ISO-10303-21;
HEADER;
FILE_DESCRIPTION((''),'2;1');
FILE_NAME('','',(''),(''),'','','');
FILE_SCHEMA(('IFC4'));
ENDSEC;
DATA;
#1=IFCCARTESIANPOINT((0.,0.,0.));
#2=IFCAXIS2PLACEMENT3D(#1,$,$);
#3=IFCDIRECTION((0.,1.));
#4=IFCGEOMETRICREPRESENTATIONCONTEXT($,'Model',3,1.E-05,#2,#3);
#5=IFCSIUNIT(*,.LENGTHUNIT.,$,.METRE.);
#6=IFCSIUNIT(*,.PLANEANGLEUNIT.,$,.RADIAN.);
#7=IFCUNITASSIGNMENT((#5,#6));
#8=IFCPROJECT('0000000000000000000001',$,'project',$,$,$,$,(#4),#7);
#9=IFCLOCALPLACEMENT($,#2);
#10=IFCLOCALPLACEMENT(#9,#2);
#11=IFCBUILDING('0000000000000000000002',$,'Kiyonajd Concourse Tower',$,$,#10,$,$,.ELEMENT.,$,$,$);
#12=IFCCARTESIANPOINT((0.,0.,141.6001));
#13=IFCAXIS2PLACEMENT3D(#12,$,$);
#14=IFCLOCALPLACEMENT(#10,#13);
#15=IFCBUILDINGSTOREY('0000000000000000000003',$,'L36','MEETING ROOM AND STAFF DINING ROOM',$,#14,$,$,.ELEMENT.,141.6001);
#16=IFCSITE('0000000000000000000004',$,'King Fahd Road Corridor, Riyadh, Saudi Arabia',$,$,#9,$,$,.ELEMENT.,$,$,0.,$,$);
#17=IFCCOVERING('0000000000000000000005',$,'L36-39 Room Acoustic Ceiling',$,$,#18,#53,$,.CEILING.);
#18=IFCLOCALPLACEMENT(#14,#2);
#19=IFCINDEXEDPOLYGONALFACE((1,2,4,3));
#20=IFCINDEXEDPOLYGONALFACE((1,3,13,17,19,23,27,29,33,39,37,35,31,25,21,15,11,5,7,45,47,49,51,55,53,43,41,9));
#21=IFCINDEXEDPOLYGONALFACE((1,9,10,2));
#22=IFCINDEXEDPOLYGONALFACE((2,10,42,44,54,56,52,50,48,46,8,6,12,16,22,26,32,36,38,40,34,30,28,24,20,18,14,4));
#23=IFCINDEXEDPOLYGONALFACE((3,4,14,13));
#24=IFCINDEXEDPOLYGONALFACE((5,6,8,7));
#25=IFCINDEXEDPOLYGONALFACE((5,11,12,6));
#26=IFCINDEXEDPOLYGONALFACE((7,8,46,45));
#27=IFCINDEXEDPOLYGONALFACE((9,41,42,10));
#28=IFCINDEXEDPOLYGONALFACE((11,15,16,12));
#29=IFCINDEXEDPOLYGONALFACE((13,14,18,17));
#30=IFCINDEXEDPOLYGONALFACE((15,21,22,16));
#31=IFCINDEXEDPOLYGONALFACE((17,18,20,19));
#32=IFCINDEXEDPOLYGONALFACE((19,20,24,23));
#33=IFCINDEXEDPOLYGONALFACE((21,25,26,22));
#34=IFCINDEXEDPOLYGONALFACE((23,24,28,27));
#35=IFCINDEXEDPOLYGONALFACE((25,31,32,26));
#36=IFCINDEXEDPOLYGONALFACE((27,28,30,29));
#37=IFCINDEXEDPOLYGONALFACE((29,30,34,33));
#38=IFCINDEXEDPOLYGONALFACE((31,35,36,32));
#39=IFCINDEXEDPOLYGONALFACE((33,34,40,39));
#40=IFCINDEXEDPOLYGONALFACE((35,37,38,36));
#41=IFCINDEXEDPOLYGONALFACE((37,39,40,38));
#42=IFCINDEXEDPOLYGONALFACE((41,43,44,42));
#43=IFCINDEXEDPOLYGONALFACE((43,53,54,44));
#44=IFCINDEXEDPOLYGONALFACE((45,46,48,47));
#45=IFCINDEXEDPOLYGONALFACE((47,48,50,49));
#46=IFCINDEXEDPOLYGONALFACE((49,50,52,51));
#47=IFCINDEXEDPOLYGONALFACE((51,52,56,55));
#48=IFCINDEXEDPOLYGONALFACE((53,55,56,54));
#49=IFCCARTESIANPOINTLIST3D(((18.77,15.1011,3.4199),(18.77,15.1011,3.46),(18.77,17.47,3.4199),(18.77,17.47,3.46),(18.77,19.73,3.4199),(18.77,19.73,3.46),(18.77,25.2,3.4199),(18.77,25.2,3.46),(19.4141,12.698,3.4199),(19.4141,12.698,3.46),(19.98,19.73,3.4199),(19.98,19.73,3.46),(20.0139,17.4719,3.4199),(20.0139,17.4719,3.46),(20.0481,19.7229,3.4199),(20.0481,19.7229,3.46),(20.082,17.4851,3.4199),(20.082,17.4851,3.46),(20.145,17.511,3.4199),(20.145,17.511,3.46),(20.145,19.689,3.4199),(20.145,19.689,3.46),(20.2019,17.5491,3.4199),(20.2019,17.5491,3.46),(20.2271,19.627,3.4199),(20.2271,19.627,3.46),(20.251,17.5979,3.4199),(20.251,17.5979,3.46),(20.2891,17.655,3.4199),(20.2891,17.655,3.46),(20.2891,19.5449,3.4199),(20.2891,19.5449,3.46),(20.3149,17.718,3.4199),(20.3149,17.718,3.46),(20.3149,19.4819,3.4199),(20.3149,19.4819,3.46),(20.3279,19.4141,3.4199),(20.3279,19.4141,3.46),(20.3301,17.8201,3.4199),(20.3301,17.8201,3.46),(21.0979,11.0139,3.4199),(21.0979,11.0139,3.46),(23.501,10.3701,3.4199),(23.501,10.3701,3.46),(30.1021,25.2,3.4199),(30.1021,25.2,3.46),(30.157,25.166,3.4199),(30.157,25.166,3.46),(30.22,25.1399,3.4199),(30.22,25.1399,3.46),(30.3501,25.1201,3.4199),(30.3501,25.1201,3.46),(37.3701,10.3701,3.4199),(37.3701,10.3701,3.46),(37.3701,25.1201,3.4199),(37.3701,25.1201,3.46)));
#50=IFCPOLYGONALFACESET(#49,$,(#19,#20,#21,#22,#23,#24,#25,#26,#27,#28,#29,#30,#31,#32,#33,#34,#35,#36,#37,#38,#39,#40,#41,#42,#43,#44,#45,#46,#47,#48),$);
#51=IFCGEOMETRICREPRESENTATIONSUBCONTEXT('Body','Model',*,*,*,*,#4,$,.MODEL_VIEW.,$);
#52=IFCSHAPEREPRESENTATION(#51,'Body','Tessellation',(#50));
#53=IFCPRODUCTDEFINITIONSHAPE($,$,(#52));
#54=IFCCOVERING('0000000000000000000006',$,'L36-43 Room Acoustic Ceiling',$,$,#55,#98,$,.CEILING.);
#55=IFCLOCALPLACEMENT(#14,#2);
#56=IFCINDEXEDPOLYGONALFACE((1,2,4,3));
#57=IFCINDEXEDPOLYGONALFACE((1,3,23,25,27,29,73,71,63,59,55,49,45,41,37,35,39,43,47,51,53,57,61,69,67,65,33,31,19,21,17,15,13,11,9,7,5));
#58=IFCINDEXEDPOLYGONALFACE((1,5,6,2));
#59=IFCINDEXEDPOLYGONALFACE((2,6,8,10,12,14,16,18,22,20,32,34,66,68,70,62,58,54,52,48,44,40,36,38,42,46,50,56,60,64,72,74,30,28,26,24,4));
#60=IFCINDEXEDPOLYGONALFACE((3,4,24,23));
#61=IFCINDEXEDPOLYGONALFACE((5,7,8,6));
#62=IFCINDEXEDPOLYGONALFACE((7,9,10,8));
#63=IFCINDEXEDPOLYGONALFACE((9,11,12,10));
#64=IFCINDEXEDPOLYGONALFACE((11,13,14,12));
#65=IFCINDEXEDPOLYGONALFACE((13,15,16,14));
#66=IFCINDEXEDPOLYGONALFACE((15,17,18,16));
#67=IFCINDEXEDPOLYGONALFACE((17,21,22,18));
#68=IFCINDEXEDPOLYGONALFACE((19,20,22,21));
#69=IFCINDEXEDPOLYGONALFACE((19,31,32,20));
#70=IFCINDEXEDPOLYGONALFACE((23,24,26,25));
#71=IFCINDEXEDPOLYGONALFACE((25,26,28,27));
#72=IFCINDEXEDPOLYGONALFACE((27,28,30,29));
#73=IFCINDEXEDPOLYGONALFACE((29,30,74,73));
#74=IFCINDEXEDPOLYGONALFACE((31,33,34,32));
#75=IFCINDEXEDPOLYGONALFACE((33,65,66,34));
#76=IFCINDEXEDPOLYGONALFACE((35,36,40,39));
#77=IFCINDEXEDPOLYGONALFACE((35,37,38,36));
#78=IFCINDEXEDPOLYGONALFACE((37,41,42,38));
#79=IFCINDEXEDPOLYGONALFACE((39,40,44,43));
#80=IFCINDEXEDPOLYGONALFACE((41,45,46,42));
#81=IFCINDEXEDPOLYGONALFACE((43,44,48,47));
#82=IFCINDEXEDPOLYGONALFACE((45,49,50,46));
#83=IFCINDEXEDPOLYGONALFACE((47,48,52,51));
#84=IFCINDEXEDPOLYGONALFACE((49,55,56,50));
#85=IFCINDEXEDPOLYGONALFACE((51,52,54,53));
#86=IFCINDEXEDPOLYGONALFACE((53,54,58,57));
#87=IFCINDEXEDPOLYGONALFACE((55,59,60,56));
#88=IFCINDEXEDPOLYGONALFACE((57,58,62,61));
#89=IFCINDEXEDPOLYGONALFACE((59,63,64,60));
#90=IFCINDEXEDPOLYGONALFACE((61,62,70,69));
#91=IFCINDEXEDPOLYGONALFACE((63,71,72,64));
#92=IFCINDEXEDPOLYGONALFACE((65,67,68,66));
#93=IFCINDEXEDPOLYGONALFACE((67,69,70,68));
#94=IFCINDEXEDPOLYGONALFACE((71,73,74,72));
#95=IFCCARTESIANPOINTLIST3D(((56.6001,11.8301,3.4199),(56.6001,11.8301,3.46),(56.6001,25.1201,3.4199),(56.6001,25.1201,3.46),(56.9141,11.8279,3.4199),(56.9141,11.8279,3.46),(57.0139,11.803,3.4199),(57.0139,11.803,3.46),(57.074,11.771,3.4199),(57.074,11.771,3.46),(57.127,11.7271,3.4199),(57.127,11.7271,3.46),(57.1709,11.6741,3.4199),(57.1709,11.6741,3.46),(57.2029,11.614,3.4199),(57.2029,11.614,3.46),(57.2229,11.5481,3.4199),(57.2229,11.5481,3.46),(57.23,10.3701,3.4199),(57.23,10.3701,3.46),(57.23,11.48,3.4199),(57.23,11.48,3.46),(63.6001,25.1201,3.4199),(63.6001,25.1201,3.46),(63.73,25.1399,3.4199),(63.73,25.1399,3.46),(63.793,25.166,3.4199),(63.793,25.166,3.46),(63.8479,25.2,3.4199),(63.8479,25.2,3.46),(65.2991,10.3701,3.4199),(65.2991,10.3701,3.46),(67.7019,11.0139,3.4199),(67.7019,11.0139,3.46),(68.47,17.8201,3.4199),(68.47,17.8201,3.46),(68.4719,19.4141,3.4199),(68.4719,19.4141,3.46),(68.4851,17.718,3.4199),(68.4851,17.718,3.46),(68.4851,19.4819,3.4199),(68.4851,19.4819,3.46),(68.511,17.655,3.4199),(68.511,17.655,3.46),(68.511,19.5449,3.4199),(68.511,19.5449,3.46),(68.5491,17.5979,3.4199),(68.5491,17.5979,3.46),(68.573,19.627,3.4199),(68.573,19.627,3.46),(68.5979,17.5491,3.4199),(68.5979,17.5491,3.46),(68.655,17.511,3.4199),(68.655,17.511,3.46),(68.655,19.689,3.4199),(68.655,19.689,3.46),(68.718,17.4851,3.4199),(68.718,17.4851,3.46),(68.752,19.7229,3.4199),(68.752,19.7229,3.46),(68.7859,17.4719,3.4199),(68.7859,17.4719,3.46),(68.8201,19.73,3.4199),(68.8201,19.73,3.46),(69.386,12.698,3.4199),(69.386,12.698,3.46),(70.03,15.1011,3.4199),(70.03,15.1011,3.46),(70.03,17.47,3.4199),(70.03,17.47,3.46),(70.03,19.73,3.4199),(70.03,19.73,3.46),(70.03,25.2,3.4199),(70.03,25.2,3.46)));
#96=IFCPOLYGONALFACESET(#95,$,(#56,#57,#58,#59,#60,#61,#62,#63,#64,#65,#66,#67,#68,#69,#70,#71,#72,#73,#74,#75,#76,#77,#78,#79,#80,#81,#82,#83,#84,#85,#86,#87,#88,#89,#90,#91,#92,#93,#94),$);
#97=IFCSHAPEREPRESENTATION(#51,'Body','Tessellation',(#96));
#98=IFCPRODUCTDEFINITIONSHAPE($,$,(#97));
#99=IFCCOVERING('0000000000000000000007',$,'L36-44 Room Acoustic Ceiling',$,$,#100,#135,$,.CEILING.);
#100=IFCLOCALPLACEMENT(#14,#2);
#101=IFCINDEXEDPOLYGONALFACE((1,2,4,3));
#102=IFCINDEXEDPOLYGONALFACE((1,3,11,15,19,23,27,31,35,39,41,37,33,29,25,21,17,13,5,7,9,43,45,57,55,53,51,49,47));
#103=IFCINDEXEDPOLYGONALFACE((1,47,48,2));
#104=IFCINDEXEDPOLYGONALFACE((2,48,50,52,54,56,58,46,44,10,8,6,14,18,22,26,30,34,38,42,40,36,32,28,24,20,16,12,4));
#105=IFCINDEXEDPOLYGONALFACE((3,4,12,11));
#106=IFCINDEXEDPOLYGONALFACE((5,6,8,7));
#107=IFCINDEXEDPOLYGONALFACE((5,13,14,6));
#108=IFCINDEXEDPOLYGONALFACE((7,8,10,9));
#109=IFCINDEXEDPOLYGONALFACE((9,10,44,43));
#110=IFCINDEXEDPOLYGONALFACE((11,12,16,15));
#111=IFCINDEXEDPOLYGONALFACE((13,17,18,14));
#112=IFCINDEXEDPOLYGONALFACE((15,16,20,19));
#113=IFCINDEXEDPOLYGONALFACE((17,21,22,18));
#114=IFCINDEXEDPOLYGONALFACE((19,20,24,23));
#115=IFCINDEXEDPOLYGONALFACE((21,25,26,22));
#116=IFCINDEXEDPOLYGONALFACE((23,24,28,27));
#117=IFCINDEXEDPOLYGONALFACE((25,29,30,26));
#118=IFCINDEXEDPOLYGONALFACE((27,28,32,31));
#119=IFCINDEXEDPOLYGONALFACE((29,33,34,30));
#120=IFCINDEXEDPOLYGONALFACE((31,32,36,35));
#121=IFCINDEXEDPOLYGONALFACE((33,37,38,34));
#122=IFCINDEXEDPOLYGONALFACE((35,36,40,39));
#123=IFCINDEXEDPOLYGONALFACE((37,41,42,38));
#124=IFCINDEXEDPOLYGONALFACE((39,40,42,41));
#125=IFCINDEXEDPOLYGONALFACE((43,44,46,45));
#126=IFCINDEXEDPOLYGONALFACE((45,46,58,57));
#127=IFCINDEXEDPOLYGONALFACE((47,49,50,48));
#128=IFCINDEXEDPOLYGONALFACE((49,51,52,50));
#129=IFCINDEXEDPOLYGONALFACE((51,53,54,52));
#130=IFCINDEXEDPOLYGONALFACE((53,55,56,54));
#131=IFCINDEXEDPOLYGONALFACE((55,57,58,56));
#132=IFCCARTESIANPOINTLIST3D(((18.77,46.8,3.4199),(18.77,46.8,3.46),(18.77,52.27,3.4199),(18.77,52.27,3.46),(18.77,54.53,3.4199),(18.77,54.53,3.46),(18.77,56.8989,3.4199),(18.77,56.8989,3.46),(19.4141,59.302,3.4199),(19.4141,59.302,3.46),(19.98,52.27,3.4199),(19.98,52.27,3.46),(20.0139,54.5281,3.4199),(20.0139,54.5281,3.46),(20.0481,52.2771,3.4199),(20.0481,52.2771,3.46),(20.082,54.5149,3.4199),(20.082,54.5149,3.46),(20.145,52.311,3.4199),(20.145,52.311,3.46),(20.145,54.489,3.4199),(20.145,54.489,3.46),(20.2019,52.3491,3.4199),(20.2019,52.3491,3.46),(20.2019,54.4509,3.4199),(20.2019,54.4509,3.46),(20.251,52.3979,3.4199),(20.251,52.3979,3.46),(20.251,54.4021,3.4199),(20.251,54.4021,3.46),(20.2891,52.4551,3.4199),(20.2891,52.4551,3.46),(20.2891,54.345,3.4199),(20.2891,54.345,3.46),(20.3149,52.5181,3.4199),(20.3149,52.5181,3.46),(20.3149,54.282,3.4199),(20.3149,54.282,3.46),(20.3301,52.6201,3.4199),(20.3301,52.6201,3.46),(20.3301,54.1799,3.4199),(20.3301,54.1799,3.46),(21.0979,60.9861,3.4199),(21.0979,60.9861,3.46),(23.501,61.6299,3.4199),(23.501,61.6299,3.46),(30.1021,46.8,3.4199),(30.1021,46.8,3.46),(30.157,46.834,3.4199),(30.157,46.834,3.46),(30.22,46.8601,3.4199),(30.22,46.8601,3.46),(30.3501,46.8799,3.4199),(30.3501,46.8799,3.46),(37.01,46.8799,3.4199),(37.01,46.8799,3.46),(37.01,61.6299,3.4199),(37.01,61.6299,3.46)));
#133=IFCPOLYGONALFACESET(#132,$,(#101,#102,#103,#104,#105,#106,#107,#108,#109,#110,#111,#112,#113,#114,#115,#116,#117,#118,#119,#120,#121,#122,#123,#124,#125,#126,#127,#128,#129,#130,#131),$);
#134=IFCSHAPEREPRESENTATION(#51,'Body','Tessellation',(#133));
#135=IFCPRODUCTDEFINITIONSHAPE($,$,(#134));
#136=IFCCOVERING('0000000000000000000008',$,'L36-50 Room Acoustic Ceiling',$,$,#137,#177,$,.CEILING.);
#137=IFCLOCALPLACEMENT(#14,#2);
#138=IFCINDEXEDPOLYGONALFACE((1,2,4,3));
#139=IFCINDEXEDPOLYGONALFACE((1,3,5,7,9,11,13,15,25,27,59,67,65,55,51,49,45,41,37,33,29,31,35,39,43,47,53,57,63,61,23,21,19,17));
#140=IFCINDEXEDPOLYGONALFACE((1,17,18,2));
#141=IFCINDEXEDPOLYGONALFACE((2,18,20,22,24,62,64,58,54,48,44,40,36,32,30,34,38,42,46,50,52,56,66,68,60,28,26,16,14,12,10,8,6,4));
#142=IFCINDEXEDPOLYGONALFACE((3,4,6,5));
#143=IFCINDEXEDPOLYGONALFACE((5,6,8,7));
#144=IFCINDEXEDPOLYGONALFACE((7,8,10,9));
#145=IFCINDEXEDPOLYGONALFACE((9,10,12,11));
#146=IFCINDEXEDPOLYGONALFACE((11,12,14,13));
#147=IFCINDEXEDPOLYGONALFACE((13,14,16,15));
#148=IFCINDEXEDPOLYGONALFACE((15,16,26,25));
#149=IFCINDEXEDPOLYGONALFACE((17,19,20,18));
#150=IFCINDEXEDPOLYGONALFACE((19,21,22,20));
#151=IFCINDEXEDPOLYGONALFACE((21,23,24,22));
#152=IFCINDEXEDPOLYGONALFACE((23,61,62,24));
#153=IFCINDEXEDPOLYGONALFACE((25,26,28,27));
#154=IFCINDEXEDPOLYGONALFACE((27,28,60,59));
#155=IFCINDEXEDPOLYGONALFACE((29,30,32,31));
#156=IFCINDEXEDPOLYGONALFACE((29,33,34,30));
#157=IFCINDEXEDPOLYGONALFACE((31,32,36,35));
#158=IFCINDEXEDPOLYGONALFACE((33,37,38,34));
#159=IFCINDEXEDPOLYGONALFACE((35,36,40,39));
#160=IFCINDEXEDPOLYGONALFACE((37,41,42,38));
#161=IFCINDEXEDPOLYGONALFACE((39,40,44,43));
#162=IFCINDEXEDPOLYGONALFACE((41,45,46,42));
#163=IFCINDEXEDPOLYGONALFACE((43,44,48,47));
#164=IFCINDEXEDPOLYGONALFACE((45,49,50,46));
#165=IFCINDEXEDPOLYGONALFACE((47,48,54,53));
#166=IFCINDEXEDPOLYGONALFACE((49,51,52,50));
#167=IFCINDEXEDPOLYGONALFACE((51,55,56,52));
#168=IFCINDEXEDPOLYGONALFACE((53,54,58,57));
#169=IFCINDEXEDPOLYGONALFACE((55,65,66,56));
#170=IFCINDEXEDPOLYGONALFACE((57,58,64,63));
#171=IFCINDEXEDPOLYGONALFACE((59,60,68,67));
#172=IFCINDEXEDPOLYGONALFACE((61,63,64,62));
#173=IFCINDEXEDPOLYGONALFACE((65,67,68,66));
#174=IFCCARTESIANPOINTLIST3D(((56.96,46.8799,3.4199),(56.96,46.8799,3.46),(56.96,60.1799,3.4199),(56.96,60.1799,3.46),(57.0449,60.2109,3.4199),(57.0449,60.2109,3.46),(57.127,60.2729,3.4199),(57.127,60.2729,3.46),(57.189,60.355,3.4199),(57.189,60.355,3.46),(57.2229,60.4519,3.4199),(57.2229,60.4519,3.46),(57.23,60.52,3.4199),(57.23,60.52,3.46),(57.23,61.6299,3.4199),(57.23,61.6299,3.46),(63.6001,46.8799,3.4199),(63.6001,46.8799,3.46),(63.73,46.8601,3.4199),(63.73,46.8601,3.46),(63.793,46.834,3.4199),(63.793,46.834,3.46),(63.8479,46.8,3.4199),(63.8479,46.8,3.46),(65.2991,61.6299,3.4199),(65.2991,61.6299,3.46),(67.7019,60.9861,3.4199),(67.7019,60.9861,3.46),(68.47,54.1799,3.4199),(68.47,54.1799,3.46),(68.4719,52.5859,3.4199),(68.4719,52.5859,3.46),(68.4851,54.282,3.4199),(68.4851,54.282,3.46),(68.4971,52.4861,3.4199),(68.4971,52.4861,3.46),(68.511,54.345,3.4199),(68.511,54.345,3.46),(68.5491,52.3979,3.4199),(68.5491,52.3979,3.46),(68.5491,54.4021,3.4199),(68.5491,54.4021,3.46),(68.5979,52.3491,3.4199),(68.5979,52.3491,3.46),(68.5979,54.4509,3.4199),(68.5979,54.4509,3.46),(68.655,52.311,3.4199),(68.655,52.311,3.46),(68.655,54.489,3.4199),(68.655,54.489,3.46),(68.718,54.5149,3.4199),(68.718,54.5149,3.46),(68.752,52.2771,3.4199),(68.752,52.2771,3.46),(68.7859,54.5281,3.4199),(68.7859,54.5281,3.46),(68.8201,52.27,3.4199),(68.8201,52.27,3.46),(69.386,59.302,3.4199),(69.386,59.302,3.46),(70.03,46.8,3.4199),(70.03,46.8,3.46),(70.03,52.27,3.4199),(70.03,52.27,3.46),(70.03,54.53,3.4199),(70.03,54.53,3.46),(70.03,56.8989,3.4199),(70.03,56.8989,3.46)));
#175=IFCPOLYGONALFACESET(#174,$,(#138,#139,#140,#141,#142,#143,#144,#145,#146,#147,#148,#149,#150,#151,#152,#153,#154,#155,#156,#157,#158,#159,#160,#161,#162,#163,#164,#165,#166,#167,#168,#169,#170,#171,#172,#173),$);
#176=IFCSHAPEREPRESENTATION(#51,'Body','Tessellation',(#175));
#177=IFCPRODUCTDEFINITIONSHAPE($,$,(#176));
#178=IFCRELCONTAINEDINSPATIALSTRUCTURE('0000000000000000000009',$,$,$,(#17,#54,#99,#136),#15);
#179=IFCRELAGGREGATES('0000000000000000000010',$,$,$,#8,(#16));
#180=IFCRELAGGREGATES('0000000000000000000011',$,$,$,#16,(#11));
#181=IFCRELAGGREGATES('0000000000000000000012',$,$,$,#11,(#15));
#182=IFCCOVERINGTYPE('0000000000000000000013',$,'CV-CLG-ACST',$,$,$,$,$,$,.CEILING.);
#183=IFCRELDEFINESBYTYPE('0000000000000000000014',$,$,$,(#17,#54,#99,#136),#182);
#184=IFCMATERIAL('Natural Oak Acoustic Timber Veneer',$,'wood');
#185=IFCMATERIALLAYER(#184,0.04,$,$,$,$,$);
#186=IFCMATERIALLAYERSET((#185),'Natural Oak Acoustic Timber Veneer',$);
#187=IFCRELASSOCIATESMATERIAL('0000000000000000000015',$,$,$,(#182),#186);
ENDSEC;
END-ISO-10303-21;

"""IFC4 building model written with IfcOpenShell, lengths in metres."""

from ifc_helpers import new_model, si_unit, direction, frame, origin, place, context, subcontext, project, spatial, polyline, outline, extrude, material, layer, layer_set, type_object, element, save


model = new_model("IFC4")

# Units and contexts
model_context = context("Model", 3, precision=1e-05, world=origin(), true_north=direction((0.0, 1.0)))
body_context = subcontext(model_context, "Body", "Model", "MODEL_VIEW")
ifc_project = project(units=[si_unit("LENGTHUNIT", "METRE"), si_unit("PLANEANGLEUNIT", "RADIAN")], contexts=[model_context])

# Site, building, storey
site_placement = place(None, origin())
site = spatial("IfcSite", under=ifc_project, at=site_placement, Name="King Fahd Road Corridor, Riyadh, Saudi Arabia", CompositionType="ELEMENT", RefElevation=0.0)
building_placement = place(site_placement, origin())
building = spatial("IfcBuilding", under=site, at=building_placement, Name="Kiyonajd Concourse Tower", CompositionType="ELEMENT")
storey_placement = place(building_placement, frame((0.0, 0.0, 141.6001)))
storey = spatial("IfcBuildingStorey", under=building, at=storey_placement, Name="L36", Description="MEETING ROOM AND STAFF DINING ROOM", CompositionType="ELEMENT", Elevation=141.6001)

# Coverings
ifc_material_1 = material(Name="Natural Oak Acoustic Timber Veneer", Category="wood")
ifc_layer_1 = layer(ifc_material_1, 0.04)
ifc_layer_set_1 = layer_set([ifc_layer_1], Name="Natural Oak Acoustic Timber Veneer")
covering_type = type_object("IfcCoveringType", Name="CV-CLG-ACST", PredefinedType="CEILING", material=ifc_layer_set_1)
covering_1_placement = place(storey_placement, frame((0.0, 0.0, 3.4199)))
element("IfcCovering", 1, at=covering_1_placement, inside=storey, type_object=covering_type, Name="L36-39 Room Acoustic Ceiling", PredefinedType="CEILING", context=body_context, shape_type="SweptSolid", body=[
    extrude(outline(polyline([(19.4141, 12.698), (18.77, 15.1011), (18.77, 17.47), (20.0139, 17.4719), (20.082, 17.4851), (20.145, 17.511), (20.2019, 17.5491), (20.251, 17.5979), (20.2891, 17.655), (20.3149, 17.718), (20.3301, 17.8201), (20.3279, 19.4141), (20.3149, 19.4819), (20.2891, 19.5449), (20.2271, 19.627), (20.145, 19.689), (20.0481, 19.7229), (19.98, 19.73), (18.77, 19.73), (18.77, 25.2), (30.1021, 25.2), (30.157, 25.166), (30.22, 25.1399), (30.3501, 25.1201), (37.3701, 25.1201), (37.3701, 10.3701), (23.501, 10.3701), (21.0979, 11.0139), (19.4141, 12.698)])), origin(), (0.0, 0.0, 1.0), 0.04),
])
covering_2_placement = place(storey_placement, frame((0.0, 0.0, 3.4199)))
element("IfcCovering", 2, at=covering_2_placement, inside=storey, type_object=covering_type, Name="L36-43 Room Acoustic Ceiling", PredefinedType="CEILING", context=body_context, shape_type="SweptSolid", body=[
    extrude(outline(polyline([(57.23, 10.3701), (57.23, 11.48), (57.2229, 11.5481), (57.2029, 11.614), (57.1709, 11.6741), (57.127, 11.7271), (57.074, 11.771), (57.0139, 11.803), (56.9141, 11.8279), (56.6001, 11.8301), (56.6001, 25.1201), (63.6001, 25.1201), (63.73, 25.1399), (63.793, 25.166), (63.8479, 25.2), (70.03, 25.2), (70.03, 19.73), (68.8201, 19.73), (68.752, 19.7229), (68.655, 19.689), (68.573, 19.627), (68.511, 19.5449), (68.4851, 19.4819), (68.4719, 19.4141), (68.47, 17.8201), (68.4851, 17.718), (68.511, 17.655), (68.5491, 17.5979), (68.5979, 17.5491), (68.655, 17.511), (68.718, 17.4851), (68.7859, 17.4719), (70.03, 17.47), (70.03, 15.1011), (69.386, 12.698), (67.7019, 11.0139), (65.2991, 10.3701), (57.23, 10.3701)])), origin(), (0.0, 0.0, 1.0), 0.04),
])
covering_3_placement = place(storey_placement, frame((0.0, 0.0, 3.4199)))
element("IfcCovering", 3, at=covering_3_placement, inside=storey, type_object=covering_type, Name="L36-44 Room Acoustic Ceiling", PredefinedType="CEILING", context=body_context, shape_type="SweptSolid", body=[
    extrude(outline(polyline([(21.0979, 60.9861), (23.501, 61.6299), (37.01, 61.6299), (37.01, 46.8799), (30.3501, 46.8799), (30.22, 46.8601), (30.157, 46.834), (30.1021, 46.8), (18.77, 46.8), (18.77, 52.27), (19.98, 52.27), (20.0481, 52.2771), (20.145, 52.311), (20.2019, 52.3491), (20.251, 52.3979), (20.2891, 52.4551), (20.3149, 52.5181), (20.3301, 52.6201), (20.3301, 54.1799), (20.3149, 54.282), (20.2891, 54.345), (20.251, 54.4021), (20.2019, 54.4509), (20.145, 54.489), (20.082, 54.5149), (20.0139, 54.5281), (18.77, 54.53), (18.77, 56.8989), (19.4141, 59.302), (21.0979, 60.9861)])), origin(), (0.0, 0.0, 1.0), 0.04),
])
covering_4_placement = place(storey_placement, frame((0.0, 0.0, 3.4199)))
element("IfcCovering", 4, at=covering_4_placement, inside=storey, type_object=covering_type, Name="L36-50 Room Acoustic Ceiling", PredefinedType="CEILING", context=body_context, shape_type="SweptSolid", body=[
    extrude(outline(polyline([(57.23, 61.6299), (65.2991, 61.6299), (67.7019, 60.9861), (69.386, 59.302), (70.03, 56.8989), (70.03, 54.53), (68.7859, 54.5281), (68.718, 54.5149), (68.655, 54.489), (68.5979, 54.4509), (68.5491, 54.4021), (68.511, 54.345), (68.4851, 54.282), (68.47, 54.1799), (68.4719, 52.5859), (68.4971, 52.4861), (68.5491, 52.3979), (68.5979, 52.3491), (68.655, 52.311), (68.752, 52.2771), (68.8201, 52.27), (70.03, 52.27), (70.03, 46.8), (63.8479, 46.8), (63.793, 46.834), (63.73, 46.8601), (63.6001, 46.8799), (56.96, 46.8799), (56.96, 60.1799), (57.0449, 60.2109), (57.127, 60.2729), (57.189, 60.355), (57.2229, 60.4519), (57.23, 60.52), (57.23, 61.6299)])), origin(), (0.0, 0.0, 1.0), 0.04),
])

save(model, "model.ifc")
